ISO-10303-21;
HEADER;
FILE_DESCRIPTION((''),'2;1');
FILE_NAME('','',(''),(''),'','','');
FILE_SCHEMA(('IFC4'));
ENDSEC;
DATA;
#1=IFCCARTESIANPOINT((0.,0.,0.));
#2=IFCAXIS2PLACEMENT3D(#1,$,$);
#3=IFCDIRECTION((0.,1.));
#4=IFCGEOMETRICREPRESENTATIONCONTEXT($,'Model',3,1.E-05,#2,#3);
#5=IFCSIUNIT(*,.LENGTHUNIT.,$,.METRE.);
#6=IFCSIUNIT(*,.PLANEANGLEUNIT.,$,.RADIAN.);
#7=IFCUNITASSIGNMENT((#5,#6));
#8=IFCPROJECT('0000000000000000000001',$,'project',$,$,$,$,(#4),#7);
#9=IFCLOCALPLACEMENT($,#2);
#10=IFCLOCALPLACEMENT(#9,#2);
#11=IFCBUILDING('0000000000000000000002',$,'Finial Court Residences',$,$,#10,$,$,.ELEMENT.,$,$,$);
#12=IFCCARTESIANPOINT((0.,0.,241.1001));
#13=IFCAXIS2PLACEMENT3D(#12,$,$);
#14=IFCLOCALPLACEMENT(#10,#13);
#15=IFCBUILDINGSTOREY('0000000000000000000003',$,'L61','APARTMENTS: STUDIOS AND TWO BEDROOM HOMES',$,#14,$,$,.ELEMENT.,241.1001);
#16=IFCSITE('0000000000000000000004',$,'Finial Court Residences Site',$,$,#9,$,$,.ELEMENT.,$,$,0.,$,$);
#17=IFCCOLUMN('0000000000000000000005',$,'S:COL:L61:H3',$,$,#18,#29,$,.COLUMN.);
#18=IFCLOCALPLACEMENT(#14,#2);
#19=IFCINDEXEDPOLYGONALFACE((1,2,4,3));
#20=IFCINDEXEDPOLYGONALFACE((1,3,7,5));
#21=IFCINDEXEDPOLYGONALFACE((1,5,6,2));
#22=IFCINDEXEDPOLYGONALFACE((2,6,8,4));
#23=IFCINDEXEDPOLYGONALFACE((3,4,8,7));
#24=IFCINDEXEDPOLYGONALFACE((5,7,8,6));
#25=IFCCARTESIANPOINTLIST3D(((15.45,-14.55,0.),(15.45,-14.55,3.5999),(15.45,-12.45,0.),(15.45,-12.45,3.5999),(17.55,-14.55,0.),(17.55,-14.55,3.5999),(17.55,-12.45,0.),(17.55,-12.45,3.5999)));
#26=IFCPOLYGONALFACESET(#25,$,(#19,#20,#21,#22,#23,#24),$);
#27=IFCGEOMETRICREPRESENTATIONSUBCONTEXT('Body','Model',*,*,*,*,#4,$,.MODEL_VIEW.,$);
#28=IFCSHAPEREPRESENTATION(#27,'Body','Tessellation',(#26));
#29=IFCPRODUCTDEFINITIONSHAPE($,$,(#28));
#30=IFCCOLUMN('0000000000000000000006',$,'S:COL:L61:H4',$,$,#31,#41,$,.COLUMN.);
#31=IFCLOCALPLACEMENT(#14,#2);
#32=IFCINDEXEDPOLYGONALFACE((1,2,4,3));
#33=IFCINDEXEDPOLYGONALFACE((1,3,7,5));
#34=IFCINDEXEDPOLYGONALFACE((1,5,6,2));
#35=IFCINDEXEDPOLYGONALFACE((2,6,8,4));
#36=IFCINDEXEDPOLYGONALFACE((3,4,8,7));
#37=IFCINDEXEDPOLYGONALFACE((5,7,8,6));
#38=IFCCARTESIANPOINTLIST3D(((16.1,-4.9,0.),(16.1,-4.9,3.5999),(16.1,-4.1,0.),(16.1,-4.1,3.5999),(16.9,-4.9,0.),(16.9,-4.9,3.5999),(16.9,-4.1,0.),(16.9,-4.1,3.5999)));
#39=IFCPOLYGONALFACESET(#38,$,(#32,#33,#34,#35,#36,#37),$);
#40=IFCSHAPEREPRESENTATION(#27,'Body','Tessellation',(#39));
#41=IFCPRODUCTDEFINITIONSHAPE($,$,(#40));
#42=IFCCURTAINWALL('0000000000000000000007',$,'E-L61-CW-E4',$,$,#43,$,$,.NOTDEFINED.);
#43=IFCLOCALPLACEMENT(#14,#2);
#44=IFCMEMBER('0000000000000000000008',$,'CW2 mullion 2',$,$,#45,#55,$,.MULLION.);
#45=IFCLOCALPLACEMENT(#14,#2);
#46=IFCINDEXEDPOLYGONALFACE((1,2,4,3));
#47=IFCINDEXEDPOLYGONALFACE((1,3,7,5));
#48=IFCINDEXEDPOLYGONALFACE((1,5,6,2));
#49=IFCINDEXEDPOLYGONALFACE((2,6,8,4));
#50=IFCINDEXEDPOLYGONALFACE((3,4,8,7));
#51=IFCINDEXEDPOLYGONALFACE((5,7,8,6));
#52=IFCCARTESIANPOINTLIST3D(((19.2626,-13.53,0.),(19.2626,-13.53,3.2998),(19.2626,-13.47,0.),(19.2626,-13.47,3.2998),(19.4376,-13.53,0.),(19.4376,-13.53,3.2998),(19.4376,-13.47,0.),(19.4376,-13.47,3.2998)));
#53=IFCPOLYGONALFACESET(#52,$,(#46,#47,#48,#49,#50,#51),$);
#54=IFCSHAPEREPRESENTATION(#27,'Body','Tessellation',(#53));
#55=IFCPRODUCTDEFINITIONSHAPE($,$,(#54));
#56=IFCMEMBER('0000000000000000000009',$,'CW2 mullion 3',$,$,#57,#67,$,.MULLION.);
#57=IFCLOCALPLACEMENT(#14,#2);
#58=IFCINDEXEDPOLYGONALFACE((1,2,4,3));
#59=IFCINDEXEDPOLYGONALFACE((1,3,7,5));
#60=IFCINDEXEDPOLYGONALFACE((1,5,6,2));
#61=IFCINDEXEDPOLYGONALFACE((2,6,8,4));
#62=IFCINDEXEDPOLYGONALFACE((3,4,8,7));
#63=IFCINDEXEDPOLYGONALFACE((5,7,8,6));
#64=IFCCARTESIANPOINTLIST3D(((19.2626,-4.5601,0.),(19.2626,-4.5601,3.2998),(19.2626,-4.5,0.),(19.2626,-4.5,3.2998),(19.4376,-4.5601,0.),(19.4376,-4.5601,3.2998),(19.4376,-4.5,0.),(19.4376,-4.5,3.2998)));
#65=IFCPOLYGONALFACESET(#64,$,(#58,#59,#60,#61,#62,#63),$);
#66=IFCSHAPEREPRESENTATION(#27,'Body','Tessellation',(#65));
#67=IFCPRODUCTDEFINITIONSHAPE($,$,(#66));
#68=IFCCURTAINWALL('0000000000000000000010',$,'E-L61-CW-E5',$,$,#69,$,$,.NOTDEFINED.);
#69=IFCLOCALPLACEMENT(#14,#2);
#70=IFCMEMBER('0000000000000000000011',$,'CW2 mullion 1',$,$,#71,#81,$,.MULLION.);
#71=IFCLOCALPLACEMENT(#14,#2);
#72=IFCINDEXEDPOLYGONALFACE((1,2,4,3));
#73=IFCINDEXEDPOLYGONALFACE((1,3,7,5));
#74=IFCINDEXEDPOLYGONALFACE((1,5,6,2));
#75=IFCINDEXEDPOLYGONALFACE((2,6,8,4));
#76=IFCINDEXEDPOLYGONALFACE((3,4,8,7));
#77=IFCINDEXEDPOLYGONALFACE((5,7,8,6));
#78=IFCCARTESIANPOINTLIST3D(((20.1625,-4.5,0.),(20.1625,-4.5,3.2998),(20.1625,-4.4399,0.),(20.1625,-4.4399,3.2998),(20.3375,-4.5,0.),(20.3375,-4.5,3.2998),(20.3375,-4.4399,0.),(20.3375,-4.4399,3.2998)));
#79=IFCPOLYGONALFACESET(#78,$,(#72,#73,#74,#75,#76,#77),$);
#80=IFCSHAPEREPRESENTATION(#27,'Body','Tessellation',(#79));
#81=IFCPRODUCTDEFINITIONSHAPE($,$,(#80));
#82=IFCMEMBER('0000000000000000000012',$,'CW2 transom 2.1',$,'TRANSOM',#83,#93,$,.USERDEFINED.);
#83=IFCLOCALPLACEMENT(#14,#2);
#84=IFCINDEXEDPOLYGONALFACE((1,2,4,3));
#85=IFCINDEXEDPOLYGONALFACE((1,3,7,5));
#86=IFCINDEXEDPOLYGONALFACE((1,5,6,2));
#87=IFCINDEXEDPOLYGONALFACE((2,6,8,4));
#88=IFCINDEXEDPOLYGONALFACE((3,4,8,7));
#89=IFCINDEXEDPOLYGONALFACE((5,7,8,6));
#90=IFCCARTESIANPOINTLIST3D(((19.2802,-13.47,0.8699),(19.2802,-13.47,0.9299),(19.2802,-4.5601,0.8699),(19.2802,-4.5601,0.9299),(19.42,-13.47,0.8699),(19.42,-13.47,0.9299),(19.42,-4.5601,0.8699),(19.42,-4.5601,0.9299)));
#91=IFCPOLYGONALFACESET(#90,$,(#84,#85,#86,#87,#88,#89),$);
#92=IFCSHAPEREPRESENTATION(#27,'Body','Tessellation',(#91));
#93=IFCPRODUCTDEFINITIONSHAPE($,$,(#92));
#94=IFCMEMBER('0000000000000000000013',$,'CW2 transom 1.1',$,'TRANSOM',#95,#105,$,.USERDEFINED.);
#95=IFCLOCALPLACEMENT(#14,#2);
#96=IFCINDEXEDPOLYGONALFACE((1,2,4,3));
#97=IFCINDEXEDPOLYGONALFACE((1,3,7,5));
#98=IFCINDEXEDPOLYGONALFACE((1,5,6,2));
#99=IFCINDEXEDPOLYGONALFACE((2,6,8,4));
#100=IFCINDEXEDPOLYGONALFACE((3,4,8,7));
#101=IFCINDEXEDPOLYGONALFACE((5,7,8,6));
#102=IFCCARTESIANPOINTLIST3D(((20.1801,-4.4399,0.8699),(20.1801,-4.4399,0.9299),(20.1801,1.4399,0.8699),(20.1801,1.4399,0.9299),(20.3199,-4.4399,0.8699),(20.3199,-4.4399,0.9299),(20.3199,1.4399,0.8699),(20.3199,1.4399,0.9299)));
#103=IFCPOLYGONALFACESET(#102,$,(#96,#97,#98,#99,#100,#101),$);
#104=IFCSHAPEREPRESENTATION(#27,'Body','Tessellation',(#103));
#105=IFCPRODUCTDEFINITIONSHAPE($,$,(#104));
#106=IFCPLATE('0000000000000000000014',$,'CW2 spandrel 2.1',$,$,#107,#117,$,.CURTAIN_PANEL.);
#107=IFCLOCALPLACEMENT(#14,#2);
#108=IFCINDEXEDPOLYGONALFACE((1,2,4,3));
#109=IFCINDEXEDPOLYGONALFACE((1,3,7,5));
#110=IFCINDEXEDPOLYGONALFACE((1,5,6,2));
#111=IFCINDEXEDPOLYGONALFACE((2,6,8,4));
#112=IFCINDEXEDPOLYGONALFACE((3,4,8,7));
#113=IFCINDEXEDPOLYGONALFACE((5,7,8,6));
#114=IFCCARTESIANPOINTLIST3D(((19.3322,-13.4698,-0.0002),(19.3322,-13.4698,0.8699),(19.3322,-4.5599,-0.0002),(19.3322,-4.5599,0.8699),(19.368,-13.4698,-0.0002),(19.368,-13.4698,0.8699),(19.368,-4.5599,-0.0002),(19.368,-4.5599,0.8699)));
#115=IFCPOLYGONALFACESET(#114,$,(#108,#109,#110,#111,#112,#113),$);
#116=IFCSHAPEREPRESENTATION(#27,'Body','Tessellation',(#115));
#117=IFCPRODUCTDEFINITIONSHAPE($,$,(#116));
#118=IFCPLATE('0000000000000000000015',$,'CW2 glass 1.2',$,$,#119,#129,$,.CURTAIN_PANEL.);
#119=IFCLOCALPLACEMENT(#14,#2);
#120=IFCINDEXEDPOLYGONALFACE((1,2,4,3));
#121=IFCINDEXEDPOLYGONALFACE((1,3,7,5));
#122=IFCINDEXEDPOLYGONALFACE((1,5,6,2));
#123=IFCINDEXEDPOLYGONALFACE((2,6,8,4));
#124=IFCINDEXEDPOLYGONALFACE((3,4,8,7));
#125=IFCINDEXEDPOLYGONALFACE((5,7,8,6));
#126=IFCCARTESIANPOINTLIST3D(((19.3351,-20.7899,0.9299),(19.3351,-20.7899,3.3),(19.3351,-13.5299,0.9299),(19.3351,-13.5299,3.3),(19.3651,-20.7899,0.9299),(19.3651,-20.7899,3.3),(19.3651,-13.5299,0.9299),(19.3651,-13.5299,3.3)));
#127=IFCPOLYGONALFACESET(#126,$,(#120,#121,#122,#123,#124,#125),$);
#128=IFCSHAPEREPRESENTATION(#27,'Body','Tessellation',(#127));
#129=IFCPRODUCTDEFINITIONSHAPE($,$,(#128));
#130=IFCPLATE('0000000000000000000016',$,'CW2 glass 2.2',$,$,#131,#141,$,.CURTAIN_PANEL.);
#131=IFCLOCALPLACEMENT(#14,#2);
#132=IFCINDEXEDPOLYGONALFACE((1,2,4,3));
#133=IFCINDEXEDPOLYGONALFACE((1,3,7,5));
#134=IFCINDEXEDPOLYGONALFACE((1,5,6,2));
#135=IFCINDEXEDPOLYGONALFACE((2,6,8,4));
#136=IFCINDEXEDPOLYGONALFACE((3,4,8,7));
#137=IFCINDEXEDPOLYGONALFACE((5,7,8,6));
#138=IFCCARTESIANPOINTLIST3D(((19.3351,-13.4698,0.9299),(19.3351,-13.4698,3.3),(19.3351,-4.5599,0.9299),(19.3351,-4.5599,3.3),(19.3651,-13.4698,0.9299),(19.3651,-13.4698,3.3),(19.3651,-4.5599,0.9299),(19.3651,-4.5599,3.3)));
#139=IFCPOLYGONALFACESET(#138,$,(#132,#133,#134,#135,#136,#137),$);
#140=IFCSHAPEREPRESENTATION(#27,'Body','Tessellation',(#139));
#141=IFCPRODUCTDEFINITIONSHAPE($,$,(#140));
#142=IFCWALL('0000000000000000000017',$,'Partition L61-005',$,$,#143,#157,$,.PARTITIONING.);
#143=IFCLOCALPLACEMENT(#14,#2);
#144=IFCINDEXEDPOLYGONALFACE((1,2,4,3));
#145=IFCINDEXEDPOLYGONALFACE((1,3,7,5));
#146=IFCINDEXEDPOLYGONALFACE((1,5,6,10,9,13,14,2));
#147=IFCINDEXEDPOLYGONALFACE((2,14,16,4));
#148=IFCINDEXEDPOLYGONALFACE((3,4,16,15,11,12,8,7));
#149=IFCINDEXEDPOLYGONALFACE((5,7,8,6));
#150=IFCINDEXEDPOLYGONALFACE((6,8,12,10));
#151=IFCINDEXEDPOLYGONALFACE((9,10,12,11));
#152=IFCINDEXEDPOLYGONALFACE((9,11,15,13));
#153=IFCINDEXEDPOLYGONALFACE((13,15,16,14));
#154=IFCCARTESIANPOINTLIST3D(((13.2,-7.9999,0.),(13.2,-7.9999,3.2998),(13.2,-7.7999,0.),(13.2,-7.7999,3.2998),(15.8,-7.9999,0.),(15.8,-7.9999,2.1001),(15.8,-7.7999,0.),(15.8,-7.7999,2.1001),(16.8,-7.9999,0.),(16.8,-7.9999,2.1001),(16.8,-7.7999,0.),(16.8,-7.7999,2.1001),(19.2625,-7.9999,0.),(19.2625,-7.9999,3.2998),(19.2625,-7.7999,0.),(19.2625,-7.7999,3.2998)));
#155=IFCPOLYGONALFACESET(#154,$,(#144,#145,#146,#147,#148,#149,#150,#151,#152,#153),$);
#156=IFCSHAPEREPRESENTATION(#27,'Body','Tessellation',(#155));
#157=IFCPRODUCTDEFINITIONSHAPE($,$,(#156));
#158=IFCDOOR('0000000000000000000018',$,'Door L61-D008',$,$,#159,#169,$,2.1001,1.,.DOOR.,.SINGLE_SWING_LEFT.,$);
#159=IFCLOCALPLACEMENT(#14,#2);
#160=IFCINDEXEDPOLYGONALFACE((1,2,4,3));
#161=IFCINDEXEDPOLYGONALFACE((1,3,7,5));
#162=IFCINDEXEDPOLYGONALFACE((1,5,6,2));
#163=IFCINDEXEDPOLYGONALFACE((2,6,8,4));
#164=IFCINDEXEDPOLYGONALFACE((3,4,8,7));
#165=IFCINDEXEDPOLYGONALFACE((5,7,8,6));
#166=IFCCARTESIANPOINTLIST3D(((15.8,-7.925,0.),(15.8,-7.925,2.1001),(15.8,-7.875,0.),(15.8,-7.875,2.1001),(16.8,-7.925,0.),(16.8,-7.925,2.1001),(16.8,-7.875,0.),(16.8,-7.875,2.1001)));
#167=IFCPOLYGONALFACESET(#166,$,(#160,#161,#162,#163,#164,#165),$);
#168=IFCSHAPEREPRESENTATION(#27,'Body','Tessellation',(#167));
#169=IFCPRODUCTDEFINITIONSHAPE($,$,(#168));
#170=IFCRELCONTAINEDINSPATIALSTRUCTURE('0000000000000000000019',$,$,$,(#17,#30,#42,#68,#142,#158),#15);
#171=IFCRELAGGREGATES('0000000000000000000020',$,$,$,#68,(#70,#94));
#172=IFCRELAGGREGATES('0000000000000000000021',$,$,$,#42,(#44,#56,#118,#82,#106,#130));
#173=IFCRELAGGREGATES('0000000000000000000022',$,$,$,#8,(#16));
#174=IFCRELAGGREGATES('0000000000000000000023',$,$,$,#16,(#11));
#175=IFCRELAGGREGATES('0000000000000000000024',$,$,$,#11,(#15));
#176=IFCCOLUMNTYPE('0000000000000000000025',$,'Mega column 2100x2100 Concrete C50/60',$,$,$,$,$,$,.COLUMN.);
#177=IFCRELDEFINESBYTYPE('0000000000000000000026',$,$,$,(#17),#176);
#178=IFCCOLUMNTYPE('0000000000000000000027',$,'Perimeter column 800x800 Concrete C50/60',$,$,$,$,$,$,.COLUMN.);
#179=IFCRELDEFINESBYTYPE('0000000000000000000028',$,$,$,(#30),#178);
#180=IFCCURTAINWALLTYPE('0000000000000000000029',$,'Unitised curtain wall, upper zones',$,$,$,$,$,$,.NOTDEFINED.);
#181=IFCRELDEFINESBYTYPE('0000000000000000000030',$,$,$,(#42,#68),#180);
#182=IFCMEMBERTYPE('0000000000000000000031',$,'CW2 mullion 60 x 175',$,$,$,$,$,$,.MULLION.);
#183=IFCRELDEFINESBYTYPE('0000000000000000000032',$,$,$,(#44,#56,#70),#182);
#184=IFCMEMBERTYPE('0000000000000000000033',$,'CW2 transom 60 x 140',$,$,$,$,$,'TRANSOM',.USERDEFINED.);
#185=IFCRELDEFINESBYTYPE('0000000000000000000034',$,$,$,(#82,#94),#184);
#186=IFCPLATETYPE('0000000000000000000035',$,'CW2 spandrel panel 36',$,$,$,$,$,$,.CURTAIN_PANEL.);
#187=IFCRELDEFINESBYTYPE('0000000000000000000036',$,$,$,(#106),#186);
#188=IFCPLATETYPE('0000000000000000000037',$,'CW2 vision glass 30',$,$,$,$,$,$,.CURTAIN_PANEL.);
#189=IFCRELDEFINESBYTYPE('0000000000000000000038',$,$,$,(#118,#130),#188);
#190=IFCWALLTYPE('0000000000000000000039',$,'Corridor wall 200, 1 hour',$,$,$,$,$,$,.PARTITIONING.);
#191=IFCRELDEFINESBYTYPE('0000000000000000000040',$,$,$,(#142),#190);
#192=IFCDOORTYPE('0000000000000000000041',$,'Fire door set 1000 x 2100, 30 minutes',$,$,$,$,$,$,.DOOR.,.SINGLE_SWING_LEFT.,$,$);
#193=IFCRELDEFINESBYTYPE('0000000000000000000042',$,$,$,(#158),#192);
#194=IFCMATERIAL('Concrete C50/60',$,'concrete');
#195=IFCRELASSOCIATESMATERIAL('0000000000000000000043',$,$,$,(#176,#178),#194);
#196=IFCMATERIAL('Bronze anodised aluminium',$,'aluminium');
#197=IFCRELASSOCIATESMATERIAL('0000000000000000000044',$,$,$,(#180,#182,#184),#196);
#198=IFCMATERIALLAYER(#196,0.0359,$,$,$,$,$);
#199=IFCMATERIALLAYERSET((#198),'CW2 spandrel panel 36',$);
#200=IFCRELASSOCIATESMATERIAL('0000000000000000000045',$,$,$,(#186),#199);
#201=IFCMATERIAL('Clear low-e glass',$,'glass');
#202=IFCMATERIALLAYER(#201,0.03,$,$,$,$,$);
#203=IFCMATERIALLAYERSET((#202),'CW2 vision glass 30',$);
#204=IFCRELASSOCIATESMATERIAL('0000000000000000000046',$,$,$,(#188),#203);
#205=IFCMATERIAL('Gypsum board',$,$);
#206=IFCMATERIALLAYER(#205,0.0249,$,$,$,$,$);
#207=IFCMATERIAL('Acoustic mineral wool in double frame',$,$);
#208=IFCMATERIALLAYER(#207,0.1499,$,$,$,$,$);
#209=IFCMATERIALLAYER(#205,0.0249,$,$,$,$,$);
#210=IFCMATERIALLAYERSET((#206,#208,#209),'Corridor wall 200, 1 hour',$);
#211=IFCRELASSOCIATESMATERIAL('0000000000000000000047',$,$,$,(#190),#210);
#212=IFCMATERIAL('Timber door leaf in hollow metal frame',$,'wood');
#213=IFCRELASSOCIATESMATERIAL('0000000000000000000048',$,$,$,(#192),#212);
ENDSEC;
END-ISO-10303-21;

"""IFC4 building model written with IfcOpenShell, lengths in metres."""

from ifc_helpers import new_model, si_unit, direction, frame, frame_2d, origin, origin_2d, place, context, subcontext, project, spatial, rectangle, extrude, material, layer, layer_set, material_profile, profile_set, type_object, element, fill, aggregate, save


model = new_model("IFC4")

# Units and contexts
model_context = context("Model", 3, precision=1e-05, world=origin(), true_north=direction((0.0, 1.0)))
body_context = subcontext(model_context, "Body", "Model", "MODEL_VIEW")
ifc_project = project(units=[si_unit("LENGTHUNIT", "METRE"), si_unit("PLANEANGLEUNIT", "RADIAN")], contexts=[model_context])

# Site, building, storey
site_placement = place(None, origin())
site = spatial("IfcSite", under=ifc_project, at=site_placement, Name="Finial Court Residences Site", CompositionType="ELEMENT", RefElevation=0.0)
building_placement = place(site_placement, origin())
building = spatial("IfcBuilding", under=site, at=building_placement, Name="Finial Court Residences", CompositionType="ELEMENT")
storey_placement = place(building_placement, frame((0.0, 0.0, 241.1001)))
storey = spatial("IfcBuildingStorey", under=building, at=storey_placement, Name="L61", Description="APARTMENTS: STUDIOS AND TWO BEDROOM HOMES", CompositionType="ELEMENT", Elevation=241.1001)

# Columns
ifc_material_1 = material(Name="Concrete C50/60", Category="concrete")
ifc_material_profile_1 = material_profile(ifc_material_1, rectangle(XDim=2.1001, YDim=2.1001, at=origin_2d()), Name="2100x2100")
ifc_profile_set_1 = profile_set([ifc_material_profile_1], Name="Concrete C50/60")
column_type_1 = type_object("IfcColumnType", Name="Mega column 2100x2100 Concrete C50/60", PredefinedType="COLUMN", material=ifc_profile_set_1)
column_1_placement = place(storey_placement, frame((16.5, -13.5, 0.0), z_axis=(0.0, 0.0, 1.0), x_axis=(1.0, 0.0, 0.0)))
element("IfcColumn", 1, at=column_1_placement, inside=storey, type_object=column_type_1, Name="S:COL:L61:H3", PredefinedType="COLUMN", context=body_context, shape_type="SweptSolid", body=[
    extrude(rectangle(XDim=2.1001, YDim=2.1001, at=origin_2d()), origin(), (0.0, 0.0, 1.0), 3.5999),
])
ifc_material_profile_2 = material_profile(ifc_material_1, rectangle(XDim=0.8, YDim=0.8, at=origin_2d()), Name="800x800")
ifc_profile_set_2 = profile_set([ifc_material_profile_2], Name="Concrete C50/60")
column_type_2 = type_object("IfcColumnType", Name="Perimeter column 800x800 Concrete C50/60", PredefinedType="COLUMN", material=ifc_profile_set_2)
column_2_placement = place(storey_placement, frame((16.5, -4.5, 0.0), z_axis=(0.0, 0.0, 1.0), x_axis=(1.0, 0.0, 0.0)))
element("IfcColumn", 2, at=column_2_placement, inside=storey, type_object=column_type_2, Name="S:COL:L61:H4", PredefinedType="COLUMN", context=body_context, shape_type="SweptSolid", body=[
    extrude(rectangle(XDim=0.8, YDim=0.8, at=origin_2d()), origin(), (0.0, 0.0, 1.0), 3.5999),
])

# Curtain wall, members
ifc_material_2 = material(Name="Bronze anodised aluminium", Category="aluminium")
curtain_wall_type = type_object("IfcCurtainWallType", Name="Unitised curtain wall, upper zones", PredefinedType="NOTDEFINED", material=ifc_material_2)
curtain_wall_1_placement = place(storey_placement, origin())
curtain_wall_1 = element("IfcCurtainWall", 3, at=curtain_wall_1_placement, inside=storey, type_object=curtain_wall_type, Name="E-L61-CW-E4", PredefinedType="NOTDEFINED")
ifc_material_profile_3 = material_profile(ifc_material_2, rectangle(XDim=0.175, YDim=0.0601, at=origin_2d()), Name="CW2 mullion 60 x 175")
ifc_profile_set_3 = profile_set([ifc_material_profile_3], Name="Bronze anodised aluminium")
member_type_1 = type_object("IfcMemberType", Name="CW2 mullion 60 x 175", PredefinedType="MULLION", material=ifc_profile_set_3)
member_1_placement = place(storey_placement, frame((19.3501, -13.5, 0.0), z_axis=(0.0, 0.0, 1.0), x_axis=(-1.0, 0.0, 0.0)))
member_1 = element("IfcMember", 4, at=member_1_placement, type_object=member_type_1, Name="CW2 mullion 2", PredefinedType="MULLION", context=body_context, shape_type="SweptSolid", body=[
    extrude(rectangle(XDim=0.175, YDim=0.0601, at=origin_2d()), origin(), (0.0, 0.0, 1.0), 3.2998),
])
member_2_placement = place(storey_placement, frame((19.3501, -4.53, 0.0), z_axis=(0.0, 0.0, 1.0), x_axis=(-1.0, 0.0, 0.0)))
member_2 = element("IfcMember", 5, at=member_2_placement, type_object=member_type_1, Name="CW2 mullion 3", PredefinedType="MULLION", context=body_context, shape_type="SweptSolid", body=[
    extrude(rectangle(XDim=0.175, YDim=0.0601, at=origin_2d()), origin(), (0.0, 0.0, 1.0), 3.2998),
])

# Curtain wall, member
curtain_wall_2_placement = place(storey_placement, origin())
curtain_wall_2 = element("IfcCurtainWall", 6, at=curtain_wall_2_placement, inside=storey, type_object=curtain_wall_type, Name="E-L61-CW-E5", PredefinedType="NOTDEFINED")
member_3_placement = place(storey_placement, frame((20.25, -4.47, 0.0), z_axis=(0.0, 0.0, 1.0), x_axis=(-1.0, 0.0, 0.0)))
member_3 = element("IfcMember", 7, at=member_3_placement, type_object=member_type_1, Name="CW2 mullion 1", PredefinedType="MULLION", context=body_context, shape_type="SweptSolid", body=[
    extrude(rectangle(XDim=0.175, YDim=0.0601, at=origin_2d()), origin(), (0.0, 0.0, 1.0), 3.2998),
])

# Members
ifc_material_profile_4 = material_profile(ifc_material_2, rectangle(XDim=0.1399, YDim=0.0601, at=origin_2d()), Name="CW2 transom 60 x 140")
ifc_profile_set_4 = profile_set([ifc_material_profile_4], Name="Bronze anodised aluminium")
member_type_2 = type_object("IfcMemberType", Name="CW2 transom 60 x 140", ElementType="TRANSOM", PredefinedType="USERDEFINED", material=ifc_profile_set_4)
member_4_placement = place(storey_placement, frame((19.3501, -13.47, 0.8999), z_axis=(0.0, 1.0, 0.0), x_axis=(-1.0, 0.0, 0.0)))
member_4 = element("IfcMember", 8, at=member_4_placement, type_object=member_type_2, Name="CW2 transom 2.1", ObjectType="TRANSOM", PredefinedType="USERDEFINED", context=body_context, shape_type="SweptSolid", body=[
    extrude(rectangle(XDim=0.1399, YDim=0.0601, at=origin_2d()), origin(), (0.0, 0.0, 1.0), 8.9099),
])
member_5_placement = place(storey_placement, frame((20.25, -4.4399, 0.8999), z_axis=(0.0, 1.0, 0.0), x_axis=(-1.0, 0.0, 0.0)))
member_5 = element("IfcMember", 9, at=member_5_placement, type_object=member_type_2, Name="CW2 transom 1.1", ObjectType="TRANSOM", PredefinedType="USERDEFINED", context=body_context, shape_type="SweptSolid", body=[
    extrude(rectangle(XDim=0.1399, YDim=0.0601, at=origin_2d()), origin(), (0.0, 0.0, 1.0), 5.8799),
])
aggregate(curtain_wall_2, [member_3, member_5])

# Plates
ifc_layer_1 = layer(ifc_material_2, 0.0359)
ifc_layer_set_1 = layer_set([ifc_layer_1], Name="CW2 spandrel panel 36")
plate_type_1 = type_object("IfcPlateType", Name="CW2 spandrel panel 36", PredefinedType="CURTAIN_PANEL", material=ifc_layer_set_1)
plate_1_placement = place(storey_placement, frame((19.3501, -9.0149, -0.0002), z_axis=(0.0, 0.0, 1.0), x_axis=(0.0, 1.0, 0.0)))
plate_1 = element("IfcPlate", 10, at=plate_1_placement, type_object=plate_type_1, Name="CW2 spandrel 2.1", PredefinedType="CURTAIN_PANEL", context=body_context, shape_type="SweptSolid", body=[
    extrude(rectangle(XDim=8.9099, YDim=0.0359, at=origin_2d()), origin(), (0.0, 0.0, 1.0), 0.8701),
])
ifc_material_3 = material(Name="Clear low-e glass", Category="glass")
ifc_layer_2 = layer(ifc_material_3, 0.03)
ifc_layer_set_2 = layer_set([ifc_layer_2], Name="CW2 vision glass 30")
plate_type_2 = type_object("IfcPlateType", Name="CW2 vision glass 30", PredefinedType="CURTAIN_PANEL", material=ifc_layer_set_2)
plate_2_placement = place(storey_placement, frame((19.3501, -17.1599, 0.9299), z_axis=(0.0, 0.0, 1.0), x_axis=(0.0, 1.0, 0.0)))
plate_2 = element("IfcPlate", 11, at=plate_2_placement, type_object=plate_type_2, Name="CW2 glass 1.2", PredefinedType="CURTAIN_PANEL", context=body_context, shape_type="SweptSolid", body=[
    extrude(rectangle(XDim=7.26, YDim=0.03, at=origin_2d()), origin(), (0.0, 0.0, 1.0), 2.3701),
])
plate_3_placement = place(storey_placement, frame((19.3501, -9.0149, 0.9299), z_axis=(0.0, 0.0, 1.0), x_axis=(0.0, 1.0, 0.0)))
plate_3 = element("IfcPlate", 12, at=plate_3_placement, type_object=plate_type_2, Name="CW2 glass 2.2", PredefinedType="CURTAIN_PANEL", context=body_context, shape_type="SweptSolid", body=[
    extrude(rectangle(XDim=8.9099, YDim=0.03, at=origin_2d()), origin(), (0.0, 0.0, 1.0), 2.3701),
])
aggregate(curtain_wall_1, [member_1, member_2, plate_2, member_4, plate_1, plate_3])

# Wall, opening, door
ifc_material_4 = material(Name="Gypsum board")
ifc_layer_3 = layer(ifc_material_4, 0.0249)
ifc_material_5 = material(Name="Acoustic mineral wool in double frame")
ifc_layer_4 = layer(ifc_material_5, 0.1499)
ifc_layer_5 = layer(ifc_material_4, 0.0249)
ifc_layer_set_3 = layer_set([ifc_layer_3, ifc_layer_4, ifc_layer_5], Name="Corridor wall 200, 1 hour")
wall_type_1 = type_object("IfcWallType", Name="Corridor wall 200, 1 hour", PredefinedType="PARTITIONING", material=ifc_layer_set_3)
wall_1_placement = place(storey_placement, frame((13.2, -7.8999, 0.0), z_axis=(0.0, 0.0, 1.0), x_axis=(1.0, 0.0, 0.0)))
wall_1 = element("IfcWall", 13, at=wall_1_placement, inside=storey, type_object=wall_type_1, Name="Partition L61-005", PredefinedType="PARTITIONING", context=body_context, shape_type="SweptSolid", body=[
    extrude(rectangle(XDim=6.0625, YDim=0.2, at=frame_2d((3.0312, 0.0))), origin(), (0.0, 0.0, 1.0), 3.2998),
])
opening_1_placement = place(wall_1_placement, frame((2.6001, 0.0, 0.0)))
opening_1 = element("IfcOpeningElement", 14, at=opening_1_placement, cuts=wall_1, PredefinedType="OPENING", context=body_context, shape_type="SweptSolid", body=[
    extrude(rectangle(XDim=1.0, YDim=2.1001, at=frame_2d((0.5, 1.05))), frame((0.0, 0.1099, 0.0), z_axis=(0.0, -1.0, 0.0), x_axis=(1.0, 0.0, 0.0)), (0.0, 0.0, 1.0), 0.22),
])
ifc_material_6 = material(Name="Timber door leaf in hollow metal frame", Category="wood")
door_type_1 = type_object("IfcDoorType", Name="Fire door set 1000 x 2100, 30 minutes", OperationType="SINGLE_SWING_LEFT", PredefinedType="DOOR", material=ifc_material_6)
door_1_placement = place(opening_1_placement, origin())
door_1 = element("IfcDoor", 15, at=door_1_placement, inside=storey, type_object=door_type_1, Name="Door L61-D008", OperationType="SINGLE_SWING_LEFT", OverallHeight=2.1001, OverallWidth=1.0, PredefinedType="DOOR", context=body_context, shape_type="SweptSolid", body=[
    extrude(rectangle(XDim=1.0, YDim=2.1001, at=frame_2d((0.5, 1.05))), frame((0.0, 0.0249, 0.0), z_axis=(0.0, -1.0, 0.0), x_axis=(1.0, 0.0, 0.0)), (0.0, 0.0, 1.0), 0.05),
])
fill(opening_1, door_1)

save(model, "model.ifc")
